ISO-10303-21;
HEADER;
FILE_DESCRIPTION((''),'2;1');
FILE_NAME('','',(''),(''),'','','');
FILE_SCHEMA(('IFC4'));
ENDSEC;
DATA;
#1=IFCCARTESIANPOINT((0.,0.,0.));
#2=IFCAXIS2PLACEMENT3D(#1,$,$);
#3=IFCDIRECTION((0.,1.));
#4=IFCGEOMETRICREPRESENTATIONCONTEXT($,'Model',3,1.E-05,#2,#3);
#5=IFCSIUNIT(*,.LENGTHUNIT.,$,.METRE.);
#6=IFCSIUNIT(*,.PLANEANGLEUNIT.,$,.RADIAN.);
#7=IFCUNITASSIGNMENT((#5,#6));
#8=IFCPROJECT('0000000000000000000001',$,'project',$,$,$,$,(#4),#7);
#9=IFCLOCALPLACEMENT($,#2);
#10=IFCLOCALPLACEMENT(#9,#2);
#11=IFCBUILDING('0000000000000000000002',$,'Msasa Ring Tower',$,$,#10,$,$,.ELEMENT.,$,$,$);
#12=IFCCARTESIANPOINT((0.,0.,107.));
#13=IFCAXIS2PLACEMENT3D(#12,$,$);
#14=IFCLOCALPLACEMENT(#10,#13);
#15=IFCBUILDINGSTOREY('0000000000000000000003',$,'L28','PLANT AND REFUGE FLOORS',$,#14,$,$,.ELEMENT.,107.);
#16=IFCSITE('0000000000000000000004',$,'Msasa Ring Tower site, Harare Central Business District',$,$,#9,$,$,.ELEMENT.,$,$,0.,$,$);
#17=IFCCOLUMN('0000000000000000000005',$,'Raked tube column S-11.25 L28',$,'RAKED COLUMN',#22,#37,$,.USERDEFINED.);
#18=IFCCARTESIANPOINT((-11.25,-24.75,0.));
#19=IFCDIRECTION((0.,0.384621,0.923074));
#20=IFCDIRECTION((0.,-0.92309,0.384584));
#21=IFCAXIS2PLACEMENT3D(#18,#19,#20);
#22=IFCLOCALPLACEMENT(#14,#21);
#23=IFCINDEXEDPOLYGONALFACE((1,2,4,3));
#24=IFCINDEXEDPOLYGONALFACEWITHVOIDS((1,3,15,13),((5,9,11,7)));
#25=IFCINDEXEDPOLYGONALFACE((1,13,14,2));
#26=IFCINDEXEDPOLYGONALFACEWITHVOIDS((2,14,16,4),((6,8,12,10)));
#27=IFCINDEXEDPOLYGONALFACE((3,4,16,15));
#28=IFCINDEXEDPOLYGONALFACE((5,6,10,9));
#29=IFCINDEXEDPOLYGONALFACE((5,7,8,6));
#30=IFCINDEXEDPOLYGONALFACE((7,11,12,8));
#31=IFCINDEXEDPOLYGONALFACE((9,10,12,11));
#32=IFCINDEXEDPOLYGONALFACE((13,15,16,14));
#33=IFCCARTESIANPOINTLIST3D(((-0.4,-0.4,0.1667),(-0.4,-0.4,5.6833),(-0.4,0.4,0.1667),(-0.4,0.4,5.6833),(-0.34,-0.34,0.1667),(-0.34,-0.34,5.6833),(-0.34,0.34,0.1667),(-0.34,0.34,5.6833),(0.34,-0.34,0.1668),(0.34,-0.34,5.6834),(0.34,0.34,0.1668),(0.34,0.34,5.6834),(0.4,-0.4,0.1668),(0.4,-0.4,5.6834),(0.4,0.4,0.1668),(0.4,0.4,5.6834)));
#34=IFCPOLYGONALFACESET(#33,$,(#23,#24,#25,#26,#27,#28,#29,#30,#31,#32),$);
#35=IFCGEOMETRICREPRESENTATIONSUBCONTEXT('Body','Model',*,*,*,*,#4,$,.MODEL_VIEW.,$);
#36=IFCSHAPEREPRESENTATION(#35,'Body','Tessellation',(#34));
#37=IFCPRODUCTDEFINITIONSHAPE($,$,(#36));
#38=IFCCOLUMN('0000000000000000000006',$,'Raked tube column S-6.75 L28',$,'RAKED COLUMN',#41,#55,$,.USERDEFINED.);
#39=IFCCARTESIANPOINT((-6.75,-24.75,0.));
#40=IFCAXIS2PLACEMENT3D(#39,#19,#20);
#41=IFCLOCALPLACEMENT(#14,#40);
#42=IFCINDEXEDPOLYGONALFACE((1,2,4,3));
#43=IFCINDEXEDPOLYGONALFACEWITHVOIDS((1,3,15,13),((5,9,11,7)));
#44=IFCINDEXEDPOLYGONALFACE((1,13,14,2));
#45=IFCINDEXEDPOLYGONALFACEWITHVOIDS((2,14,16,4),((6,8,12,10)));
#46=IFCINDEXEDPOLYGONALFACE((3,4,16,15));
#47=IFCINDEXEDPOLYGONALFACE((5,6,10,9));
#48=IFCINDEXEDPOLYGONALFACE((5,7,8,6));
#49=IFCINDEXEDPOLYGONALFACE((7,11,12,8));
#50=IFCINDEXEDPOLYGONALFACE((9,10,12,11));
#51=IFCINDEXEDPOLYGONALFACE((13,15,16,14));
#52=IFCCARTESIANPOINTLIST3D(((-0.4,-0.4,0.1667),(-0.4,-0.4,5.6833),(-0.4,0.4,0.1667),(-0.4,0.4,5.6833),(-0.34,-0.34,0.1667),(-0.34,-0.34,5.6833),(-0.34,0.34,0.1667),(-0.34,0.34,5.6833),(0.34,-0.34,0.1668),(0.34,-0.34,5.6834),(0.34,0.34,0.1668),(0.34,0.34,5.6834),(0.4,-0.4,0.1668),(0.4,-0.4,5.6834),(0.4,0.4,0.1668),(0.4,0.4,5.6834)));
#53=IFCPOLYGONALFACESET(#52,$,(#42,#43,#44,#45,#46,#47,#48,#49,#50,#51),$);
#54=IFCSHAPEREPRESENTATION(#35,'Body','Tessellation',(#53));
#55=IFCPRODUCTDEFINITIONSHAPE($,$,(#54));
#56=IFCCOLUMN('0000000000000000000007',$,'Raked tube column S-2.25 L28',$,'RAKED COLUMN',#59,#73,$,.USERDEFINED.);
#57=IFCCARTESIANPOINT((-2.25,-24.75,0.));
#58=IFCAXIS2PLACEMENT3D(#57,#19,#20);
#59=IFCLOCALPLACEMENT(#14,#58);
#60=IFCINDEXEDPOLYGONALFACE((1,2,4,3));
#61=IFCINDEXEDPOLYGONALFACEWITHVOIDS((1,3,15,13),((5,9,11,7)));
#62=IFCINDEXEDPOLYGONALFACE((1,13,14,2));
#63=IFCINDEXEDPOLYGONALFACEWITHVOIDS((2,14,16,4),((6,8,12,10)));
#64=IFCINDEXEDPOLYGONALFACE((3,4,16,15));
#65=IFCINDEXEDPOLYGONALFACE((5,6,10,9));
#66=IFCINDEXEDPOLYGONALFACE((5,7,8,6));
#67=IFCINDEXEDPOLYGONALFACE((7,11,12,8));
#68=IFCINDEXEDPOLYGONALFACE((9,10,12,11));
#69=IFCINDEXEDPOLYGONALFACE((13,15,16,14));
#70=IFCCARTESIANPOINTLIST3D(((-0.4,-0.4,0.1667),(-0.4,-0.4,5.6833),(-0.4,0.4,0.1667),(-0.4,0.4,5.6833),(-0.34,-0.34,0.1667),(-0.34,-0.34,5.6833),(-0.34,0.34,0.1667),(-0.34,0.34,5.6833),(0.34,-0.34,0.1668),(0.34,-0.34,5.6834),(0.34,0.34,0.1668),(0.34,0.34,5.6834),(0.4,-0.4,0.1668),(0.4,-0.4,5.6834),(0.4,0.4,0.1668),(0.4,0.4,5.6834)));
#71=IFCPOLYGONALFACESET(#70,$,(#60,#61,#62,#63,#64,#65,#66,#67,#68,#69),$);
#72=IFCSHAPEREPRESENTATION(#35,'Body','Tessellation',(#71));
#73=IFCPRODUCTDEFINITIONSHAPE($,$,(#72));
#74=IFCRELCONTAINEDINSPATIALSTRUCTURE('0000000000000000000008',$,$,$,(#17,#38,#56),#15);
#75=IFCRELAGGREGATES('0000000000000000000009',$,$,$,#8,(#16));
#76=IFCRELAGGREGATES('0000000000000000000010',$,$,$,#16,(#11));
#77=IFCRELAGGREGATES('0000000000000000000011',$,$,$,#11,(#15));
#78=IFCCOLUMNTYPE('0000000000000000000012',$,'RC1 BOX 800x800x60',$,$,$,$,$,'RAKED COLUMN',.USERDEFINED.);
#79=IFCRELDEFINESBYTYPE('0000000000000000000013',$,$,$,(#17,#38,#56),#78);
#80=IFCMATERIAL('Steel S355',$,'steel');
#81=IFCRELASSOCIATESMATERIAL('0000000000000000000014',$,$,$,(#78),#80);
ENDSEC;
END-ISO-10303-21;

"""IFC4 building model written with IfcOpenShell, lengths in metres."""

from ifc_helpers import new_model, si_unit, direction, frame, origin, origin_2d, place, context, subcontext, project, spatial, hollow_rectangle, extrude, clip, halfspace, material, material_profile, profile_set, type_object, element, save


model = new_model("IFC4")

# Units and contexts
model_context = context("Model", 3, precision=1e-05, world=origin(), true_north=direction((0.0, 1.0)))
body_context = subcontext(model_context, "Body", "Model", "MODEL_VIEW")
ifc_project = project(units=[si_unit("LENGTHUNIT", "METRE"), si_unit("PLANEANGLEUNIT", "RADIAN")], contexts=[model_context])

# Site, building, storey
site_placement = place(None, origin())
site = spatial("IfcSite", under=ifc_project, at=site_placement, Name="Msasa Ring Tower site, Harare Central Business District", CompositionType="ELEMENT", RefElevation=0.0)
building_placement = place(site_placement, origin())
building = spatial("IfcBuilding", under=site, at=building_placement, Name="Msasa Ring Tower", CompositionType="ELEMENT")
storey_placement = place(building_placement, frame((0.0, 0.0, 107.0)))
storey = spatial("IfcBuildingStorey", under=building, at=storey_placement, Name="L28", Description="PLANT AND REFUGE FLOORS", CompositionType="ELEMENT", Elevation=107.0)

# Columns
ifc_material_1 = material(Name="Steel S355", Category="steel")
ifc_material_profile_1 = material_profile(ifc_material_1, hollow_rectangle(XDim=0.8, YDim=0.8, WallThickness=0.0601, at=origin_2d()), Name="BOX 800x800x60")
ifc_profile_set_1 = profile_set([ifc_material_profile_1], Name="Steel S355")
column_type = type_object("IfcColumnType", Name="RC1 BOX 800x800x60", ElementType="RAKED COLUMN", PredefinedType="USERDEFINED", material=ifc_profile_set_1)
for number, where, z_axis, x_axis, name in (
    (1, (-11.25, -24.75, 0.0), (0.0, 0.384621, 0.923074), (0.0, -0.92309, 0.384584), "Raked tube column S-11.25 L28"),
    (2, (-6.75, -24.75, 0.0), (0.0, 0.384621, 0.923074), (0.0, -0.92309, 0.384584), "Raked tube column S-6.75 L28"),
    (3, (-2.25, -24.75, 0.0), (0.0, 0.384621, 0.923074), (0.0, -0.92309, 0.384584), "Raked tube column S-2.25 L28"),
):
    element("IfcColumn", number, at=place(storey_placement, frame(where, z_axis=z_axis, x_axis=x_axis)), inside=storey, type_object=column_type, Name=name, ObjectType="RAKED COLUMN", PredefinedType="USERDEFINED", context=body_context, shape_type="Clipping", body=[
        clip(clip(extrude(hollow_rectangle(XDim=0.8, YDim=0.8, WallThickness=0.0601, at=origin_2d()), origin(), (0.0, 0.0, 1.0), 5.8499), halfspace(frame((0.0, 0.0, 0.1667), z_axis=(0.0, 0.0, 1.0)), True)), halfspace(frame((0.0, 0.0, 5.6833), z_axis=(0.0, 0.0, -1.0)), True)),
    ])

save(model, "model.ifc")
